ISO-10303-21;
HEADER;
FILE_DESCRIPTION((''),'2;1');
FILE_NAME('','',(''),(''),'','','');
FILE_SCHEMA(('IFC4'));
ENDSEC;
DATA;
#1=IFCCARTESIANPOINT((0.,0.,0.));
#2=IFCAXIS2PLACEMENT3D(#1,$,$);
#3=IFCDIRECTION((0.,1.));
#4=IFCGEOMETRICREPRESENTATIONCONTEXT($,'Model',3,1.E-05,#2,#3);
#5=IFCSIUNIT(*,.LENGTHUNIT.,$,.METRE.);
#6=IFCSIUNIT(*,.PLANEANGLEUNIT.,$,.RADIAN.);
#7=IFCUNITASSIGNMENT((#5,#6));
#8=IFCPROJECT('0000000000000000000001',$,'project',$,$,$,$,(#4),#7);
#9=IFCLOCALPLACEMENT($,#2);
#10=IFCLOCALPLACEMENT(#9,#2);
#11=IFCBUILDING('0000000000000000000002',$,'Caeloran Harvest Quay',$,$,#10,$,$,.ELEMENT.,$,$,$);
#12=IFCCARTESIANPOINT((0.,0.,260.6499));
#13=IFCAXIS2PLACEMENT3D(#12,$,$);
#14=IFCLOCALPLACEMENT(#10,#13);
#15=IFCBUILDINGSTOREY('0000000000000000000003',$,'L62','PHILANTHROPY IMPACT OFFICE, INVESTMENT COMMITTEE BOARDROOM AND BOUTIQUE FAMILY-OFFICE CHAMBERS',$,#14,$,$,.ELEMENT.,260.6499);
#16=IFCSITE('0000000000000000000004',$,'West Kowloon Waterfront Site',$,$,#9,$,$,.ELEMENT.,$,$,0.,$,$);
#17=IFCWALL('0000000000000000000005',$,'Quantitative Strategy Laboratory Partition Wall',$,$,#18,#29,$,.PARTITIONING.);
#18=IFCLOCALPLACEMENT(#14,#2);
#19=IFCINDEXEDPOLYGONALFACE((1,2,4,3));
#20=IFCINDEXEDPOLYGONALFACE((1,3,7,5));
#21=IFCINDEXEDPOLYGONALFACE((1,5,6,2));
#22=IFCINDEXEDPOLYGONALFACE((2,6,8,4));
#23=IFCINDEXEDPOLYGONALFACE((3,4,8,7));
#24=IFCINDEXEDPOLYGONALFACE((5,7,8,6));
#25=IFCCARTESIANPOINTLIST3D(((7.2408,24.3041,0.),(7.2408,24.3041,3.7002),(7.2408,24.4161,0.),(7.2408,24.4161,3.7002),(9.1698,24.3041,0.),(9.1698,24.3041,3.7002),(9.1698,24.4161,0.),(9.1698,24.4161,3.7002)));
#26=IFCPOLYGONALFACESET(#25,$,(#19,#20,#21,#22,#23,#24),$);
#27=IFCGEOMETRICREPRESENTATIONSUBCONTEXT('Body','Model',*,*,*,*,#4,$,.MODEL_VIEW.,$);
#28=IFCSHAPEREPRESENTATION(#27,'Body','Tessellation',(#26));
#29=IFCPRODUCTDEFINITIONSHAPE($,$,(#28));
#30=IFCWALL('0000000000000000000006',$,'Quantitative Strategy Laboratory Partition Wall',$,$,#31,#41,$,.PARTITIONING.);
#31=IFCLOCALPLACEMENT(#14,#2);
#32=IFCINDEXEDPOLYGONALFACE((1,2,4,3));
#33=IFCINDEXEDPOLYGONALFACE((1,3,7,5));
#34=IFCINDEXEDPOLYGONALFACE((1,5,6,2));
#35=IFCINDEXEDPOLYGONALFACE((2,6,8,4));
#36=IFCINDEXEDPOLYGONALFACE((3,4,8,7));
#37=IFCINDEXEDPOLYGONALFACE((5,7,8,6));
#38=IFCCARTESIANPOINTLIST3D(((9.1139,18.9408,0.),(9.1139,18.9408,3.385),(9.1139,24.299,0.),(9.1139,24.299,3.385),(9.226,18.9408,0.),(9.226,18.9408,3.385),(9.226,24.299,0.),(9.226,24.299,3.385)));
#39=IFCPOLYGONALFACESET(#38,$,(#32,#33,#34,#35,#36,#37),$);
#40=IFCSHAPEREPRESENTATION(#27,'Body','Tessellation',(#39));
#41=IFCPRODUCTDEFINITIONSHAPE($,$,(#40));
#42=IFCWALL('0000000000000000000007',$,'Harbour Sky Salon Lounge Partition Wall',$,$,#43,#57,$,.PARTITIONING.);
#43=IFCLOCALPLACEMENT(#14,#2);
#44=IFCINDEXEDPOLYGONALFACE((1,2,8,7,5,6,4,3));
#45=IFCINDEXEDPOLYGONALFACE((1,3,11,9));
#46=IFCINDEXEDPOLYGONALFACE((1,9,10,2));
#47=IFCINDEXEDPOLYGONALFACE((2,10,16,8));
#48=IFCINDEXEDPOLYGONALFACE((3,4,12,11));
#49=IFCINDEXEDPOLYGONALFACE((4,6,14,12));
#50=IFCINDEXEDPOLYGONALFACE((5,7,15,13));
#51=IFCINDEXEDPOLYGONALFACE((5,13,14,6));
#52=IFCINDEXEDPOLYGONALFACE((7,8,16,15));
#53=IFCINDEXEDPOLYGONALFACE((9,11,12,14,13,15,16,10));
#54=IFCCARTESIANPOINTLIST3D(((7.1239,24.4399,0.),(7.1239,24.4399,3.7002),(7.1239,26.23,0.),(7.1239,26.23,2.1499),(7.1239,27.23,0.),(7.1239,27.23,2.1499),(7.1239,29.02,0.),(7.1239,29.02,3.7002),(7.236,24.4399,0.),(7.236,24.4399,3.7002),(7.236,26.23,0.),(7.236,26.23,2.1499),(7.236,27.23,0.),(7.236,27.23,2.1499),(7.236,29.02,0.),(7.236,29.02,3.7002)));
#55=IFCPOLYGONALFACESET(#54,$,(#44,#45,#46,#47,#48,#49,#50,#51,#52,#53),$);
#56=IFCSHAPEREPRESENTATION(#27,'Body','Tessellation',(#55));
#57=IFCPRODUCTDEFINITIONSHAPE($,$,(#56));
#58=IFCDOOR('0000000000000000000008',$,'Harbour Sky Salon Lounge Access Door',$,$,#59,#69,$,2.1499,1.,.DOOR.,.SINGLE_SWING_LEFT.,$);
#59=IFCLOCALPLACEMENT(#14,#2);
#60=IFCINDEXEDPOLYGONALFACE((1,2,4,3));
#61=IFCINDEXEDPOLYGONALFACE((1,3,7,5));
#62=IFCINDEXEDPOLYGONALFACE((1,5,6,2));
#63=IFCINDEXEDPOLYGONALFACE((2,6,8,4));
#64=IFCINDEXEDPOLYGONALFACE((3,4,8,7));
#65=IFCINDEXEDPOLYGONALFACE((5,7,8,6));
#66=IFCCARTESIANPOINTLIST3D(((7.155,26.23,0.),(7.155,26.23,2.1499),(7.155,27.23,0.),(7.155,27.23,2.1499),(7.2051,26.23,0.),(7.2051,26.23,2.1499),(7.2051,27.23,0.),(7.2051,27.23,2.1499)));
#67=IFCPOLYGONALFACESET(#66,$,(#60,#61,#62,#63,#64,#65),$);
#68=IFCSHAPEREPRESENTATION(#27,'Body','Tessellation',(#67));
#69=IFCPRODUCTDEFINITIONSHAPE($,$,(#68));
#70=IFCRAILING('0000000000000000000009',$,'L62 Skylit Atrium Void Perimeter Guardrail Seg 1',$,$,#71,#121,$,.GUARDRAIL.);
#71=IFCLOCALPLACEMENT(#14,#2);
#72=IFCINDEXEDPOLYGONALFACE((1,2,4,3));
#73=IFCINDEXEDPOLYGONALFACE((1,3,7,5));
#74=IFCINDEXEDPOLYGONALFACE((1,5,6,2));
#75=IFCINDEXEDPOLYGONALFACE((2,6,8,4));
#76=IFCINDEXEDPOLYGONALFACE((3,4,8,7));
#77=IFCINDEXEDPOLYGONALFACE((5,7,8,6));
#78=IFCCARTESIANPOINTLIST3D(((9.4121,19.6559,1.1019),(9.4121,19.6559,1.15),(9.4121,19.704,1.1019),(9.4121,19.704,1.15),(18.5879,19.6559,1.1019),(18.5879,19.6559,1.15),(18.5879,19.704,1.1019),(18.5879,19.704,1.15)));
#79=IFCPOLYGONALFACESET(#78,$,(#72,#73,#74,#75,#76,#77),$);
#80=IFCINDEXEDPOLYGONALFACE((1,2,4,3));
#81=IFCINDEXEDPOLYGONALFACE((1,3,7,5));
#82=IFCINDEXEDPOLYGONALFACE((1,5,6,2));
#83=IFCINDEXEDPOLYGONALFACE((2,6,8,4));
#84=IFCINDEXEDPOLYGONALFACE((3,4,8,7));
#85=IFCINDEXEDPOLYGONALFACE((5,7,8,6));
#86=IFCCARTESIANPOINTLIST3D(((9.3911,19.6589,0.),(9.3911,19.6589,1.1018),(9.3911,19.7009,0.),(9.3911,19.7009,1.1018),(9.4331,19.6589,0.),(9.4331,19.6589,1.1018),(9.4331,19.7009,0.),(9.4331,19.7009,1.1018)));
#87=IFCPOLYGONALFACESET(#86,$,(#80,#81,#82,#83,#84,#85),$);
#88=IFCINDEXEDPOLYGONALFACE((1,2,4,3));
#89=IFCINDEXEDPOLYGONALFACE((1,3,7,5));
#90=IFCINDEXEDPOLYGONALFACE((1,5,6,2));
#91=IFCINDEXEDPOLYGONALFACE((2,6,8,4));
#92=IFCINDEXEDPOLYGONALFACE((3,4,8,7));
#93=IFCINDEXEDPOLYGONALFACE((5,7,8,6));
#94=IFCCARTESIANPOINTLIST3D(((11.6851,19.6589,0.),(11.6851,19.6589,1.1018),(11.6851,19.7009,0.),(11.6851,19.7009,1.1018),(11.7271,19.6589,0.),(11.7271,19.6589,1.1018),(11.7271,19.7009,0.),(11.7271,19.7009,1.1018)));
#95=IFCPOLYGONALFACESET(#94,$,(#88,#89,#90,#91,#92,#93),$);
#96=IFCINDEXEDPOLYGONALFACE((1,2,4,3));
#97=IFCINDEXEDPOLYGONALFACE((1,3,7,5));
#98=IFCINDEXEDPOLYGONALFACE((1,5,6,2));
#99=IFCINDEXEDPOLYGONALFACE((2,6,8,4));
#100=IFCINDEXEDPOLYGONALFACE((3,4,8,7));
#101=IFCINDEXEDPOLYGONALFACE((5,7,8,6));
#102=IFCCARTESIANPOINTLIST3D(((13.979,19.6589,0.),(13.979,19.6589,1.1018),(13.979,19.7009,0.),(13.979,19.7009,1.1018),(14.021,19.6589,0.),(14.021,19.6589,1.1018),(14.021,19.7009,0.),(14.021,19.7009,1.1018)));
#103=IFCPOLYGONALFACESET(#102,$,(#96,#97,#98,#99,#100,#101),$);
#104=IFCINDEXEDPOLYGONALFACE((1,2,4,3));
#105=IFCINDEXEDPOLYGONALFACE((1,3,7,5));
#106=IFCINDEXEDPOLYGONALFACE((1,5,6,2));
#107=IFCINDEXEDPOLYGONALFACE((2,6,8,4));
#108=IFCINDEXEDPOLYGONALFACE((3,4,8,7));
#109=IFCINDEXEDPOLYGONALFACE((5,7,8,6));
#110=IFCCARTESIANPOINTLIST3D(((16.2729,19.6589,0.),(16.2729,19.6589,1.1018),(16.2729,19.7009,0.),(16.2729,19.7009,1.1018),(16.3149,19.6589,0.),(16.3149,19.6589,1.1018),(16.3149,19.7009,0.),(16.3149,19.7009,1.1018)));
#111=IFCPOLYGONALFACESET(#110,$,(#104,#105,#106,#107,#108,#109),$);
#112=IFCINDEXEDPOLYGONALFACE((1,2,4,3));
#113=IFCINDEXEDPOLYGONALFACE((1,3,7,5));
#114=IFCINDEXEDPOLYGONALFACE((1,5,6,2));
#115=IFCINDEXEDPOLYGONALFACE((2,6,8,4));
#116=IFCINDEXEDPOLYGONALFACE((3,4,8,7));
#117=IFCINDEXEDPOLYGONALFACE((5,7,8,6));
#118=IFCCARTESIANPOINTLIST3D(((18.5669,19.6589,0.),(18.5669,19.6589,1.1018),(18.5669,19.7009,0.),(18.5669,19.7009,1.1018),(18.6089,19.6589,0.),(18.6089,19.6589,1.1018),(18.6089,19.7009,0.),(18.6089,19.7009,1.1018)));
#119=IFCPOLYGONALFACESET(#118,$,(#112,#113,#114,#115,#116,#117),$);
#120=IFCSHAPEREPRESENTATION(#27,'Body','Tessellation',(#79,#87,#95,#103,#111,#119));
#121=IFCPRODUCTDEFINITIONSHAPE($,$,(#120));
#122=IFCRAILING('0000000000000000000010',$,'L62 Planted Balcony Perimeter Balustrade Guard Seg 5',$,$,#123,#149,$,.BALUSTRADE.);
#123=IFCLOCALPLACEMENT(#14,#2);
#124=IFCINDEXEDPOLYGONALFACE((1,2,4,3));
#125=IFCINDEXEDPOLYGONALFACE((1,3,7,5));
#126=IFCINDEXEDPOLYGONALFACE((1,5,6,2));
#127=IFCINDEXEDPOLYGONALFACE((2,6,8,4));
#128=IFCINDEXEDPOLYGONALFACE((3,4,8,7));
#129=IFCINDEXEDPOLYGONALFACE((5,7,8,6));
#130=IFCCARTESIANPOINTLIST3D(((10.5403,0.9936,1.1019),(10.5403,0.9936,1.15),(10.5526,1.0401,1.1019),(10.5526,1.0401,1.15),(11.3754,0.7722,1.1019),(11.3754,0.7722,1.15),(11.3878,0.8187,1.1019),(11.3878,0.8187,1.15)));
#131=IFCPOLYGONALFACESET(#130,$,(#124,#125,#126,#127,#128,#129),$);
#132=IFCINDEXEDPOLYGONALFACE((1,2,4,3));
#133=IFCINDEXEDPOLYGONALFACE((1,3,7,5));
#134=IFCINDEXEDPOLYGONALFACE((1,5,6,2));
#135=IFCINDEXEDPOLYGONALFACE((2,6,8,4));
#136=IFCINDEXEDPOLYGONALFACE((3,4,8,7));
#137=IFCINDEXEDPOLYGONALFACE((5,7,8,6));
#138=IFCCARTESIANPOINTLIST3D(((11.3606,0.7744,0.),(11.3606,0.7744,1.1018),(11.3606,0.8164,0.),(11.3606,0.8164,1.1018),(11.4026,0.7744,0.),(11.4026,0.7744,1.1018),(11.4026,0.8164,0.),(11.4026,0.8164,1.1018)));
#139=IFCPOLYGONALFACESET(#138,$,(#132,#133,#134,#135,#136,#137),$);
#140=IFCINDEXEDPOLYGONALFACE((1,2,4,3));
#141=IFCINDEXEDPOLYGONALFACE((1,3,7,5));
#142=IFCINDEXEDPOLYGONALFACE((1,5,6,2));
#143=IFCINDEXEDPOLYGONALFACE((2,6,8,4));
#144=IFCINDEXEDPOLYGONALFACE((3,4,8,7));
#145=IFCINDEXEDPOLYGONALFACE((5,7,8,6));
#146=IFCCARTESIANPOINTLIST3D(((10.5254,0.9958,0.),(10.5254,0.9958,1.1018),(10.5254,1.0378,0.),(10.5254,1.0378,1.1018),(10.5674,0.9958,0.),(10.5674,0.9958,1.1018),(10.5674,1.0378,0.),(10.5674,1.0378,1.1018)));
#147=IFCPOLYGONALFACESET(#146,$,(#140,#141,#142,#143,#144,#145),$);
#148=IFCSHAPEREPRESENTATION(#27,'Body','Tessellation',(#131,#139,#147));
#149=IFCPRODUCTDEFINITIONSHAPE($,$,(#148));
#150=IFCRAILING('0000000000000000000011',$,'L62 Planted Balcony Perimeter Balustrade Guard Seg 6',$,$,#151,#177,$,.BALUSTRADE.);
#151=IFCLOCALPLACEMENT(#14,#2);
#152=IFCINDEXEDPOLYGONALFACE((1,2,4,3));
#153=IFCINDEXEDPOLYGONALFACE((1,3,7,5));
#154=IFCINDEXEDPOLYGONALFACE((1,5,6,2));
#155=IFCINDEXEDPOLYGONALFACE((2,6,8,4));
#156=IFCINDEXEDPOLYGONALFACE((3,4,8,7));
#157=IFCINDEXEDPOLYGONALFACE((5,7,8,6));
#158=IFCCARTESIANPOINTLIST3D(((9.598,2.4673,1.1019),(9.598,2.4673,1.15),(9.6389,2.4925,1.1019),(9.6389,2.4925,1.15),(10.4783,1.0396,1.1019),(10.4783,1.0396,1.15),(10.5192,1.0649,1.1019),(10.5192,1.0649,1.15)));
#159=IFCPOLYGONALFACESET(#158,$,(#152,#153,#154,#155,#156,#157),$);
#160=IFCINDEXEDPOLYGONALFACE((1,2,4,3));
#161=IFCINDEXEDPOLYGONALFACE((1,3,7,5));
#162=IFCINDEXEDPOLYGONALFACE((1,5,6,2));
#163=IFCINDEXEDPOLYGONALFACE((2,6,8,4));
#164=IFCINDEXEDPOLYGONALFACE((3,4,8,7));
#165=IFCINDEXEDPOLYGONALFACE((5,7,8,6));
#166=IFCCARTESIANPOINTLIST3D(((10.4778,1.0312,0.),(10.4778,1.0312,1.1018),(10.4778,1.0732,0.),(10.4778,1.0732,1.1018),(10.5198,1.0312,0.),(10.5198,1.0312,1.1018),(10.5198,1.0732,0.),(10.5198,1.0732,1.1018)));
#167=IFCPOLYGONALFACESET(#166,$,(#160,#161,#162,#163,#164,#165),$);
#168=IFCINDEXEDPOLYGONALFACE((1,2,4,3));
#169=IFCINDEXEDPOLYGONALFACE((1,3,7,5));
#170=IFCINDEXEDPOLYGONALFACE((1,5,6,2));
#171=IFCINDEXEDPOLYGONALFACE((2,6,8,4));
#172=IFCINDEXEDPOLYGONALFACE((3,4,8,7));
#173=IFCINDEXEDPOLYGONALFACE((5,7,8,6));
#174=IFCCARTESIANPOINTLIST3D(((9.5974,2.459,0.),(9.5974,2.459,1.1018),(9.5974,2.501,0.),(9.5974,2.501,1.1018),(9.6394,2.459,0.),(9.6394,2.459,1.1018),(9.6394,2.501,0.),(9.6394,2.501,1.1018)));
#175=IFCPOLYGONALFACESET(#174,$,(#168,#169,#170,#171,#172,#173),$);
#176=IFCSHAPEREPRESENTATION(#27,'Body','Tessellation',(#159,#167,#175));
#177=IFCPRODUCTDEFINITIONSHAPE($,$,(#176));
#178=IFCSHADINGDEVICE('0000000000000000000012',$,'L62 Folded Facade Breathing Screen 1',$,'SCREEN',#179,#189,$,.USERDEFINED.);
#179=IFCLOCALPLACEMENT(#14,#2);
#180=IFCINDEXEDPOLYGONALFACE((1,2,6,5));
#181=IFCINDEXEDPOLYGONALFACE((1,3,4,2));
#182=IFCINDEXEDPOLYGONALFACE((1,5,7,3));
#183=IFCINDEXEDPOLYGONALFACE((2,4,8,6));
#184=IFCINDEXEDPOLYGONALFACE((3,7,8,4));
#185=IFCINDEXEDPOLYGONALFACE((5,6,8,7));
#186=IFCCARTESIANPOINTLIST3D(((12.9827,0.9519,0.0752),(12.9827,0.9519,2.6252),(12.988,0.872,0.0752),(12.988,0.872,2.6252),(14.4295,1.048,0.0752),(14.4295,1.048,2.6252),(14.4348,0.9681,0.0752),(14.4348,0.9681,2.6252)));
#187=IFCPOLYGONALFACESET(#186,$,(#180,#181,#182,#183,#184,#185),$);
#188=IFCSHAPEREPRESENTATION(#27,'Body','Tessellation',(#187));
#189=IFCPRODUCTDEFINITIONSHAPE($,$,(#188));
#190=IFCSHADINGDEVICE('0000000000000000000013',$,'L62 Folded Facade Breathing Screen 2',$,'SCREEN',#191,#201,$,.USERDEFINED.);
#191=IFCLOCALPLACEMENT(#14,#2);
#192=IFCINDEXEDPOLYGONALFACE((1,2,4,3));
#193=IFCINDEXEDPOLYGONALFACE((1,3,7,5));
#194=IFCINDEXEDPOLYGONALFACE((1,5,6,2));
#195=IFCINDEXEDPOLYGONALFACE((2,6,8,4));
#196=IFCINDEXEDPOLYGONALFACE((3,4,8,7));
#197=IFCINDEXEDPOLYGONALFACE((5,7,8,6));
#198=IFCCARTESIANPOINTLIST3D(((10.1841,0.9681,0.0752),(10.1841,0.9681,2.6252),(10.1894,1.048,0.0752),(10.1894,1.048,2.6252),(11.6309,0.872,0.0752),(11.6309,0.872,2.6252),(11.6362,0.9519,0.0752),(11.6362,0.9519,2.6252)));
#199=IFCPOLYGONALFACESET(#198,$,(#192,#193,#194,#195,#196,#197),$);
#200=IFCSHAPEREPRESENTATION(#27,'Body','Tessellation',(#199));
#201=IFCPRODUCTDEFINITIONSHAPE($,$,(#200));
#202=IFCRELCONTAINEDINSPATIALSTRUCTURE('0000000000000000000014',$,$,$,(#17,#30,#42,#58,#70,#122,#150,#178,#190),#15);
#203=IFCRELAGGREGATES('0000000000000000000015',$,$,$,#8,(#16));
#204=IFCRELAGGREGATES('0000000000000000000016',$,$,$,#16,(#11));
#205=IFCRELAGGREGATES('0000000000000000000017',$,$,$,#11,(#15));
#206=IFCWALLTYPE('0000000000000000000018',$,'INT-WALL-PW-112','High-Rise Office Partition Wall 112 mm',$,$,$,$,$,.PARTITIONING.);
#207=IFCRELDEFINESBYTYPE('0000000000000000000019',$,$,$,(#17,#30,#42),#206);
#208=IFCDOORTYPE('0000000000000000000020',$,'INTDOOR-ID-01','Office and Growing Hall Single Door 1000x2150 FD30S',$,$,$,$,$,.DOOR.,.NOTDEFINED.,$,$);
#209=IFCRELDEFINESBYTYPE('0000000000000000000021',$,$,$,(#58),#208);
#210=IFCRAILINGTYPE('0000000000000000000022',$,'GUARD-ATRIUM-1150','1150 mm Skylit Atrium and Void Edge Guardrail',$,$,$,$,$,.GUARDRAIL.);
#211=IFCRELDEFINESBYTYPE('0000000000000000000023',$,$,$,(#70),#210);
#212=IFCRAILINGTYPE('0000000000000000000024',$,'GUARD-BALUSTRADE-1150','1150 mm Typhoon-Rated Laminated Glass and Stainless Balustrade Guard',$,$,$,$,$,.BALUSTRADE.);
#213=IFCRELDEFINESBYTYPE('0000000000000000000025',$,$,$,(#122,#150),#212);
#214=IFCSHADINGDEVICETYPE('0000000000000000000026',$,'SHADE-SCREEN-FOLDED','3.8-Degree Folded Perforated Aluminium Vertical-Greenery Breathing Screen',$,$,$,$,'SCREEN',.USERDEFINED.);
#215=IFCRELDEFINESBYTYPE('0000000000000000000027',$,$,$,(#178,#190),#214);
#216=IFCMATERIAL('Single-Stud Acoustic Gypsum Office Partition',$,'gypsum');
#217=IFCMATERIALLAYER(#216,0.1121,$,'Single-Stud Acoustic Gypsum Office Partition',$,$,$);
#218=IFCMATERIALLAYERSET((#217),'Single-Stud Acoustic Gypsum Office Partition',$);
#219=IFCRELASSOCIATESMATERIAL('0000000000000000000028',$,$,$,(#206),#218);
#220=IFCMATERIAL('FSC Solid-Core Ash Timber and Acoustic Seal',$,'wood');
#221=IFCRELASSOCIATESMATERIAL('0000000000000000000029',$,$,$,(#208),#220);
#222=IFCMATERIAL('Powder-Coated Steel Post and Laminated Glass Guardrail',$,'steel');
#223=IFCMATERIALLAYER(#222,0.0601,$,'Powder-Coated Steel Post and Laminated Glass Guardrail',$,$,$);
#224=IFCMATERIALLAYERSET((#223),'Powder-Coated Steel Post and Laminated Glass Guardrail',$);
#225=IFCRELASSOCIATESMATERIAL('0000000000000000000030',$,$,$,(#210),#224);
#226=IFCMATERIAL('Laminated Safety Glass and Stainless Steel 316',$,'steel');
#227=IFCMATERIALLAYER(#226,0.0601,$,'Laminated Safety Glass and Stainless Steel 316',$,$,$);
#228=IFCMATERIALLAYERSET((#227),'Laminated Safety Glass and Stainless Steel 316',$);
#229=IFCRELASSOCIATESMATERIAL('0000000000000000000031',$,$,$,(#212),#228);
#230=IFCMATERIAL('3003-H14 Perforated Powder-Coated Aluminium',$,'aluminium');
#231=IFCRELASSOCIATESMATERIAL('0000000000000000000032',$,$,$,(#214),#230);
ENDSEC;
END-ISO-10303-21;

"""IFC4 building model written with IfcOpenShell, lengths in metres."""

from ifc_helpers import new_model, si_unit, direction, frame, frame_2d, origin, origin_2d, place, context, subcontext, project, spatial, rectangle, extrude, material, layer, layer_set, type_object, element, fill, save


model = new_model("IFC4")

# Units and contexts
model_context = context("Model", 3, precision=1e-05, world=origin(), true_north=direction((0.0, 1.0)))
body_context = subcontext(model_context, "Body", "Model", "MODEL_VIEW")
ifc_project = project(units=[si_unit("LENGTHUNIT", "METRE"), si_unit("PLANEANGLEUNIT", "RADIAN")], contexts=[model_context])

# Site, building, storey
site_placement = place(None, origin())
site = spatial("IfcSite", under=ifc_project, at=site_placement, Name="West Kowloon Waterfront Site", CompositionType="ELEMENT", RefElevation=0.0)
building_placement = place(site_placement, origin())
building = spatial("IfcBuilding", under=site, at=building_placement, Name="Caeloran Harvest Quay", CompositionType="ELEMENT")
storey_placement = place(building_placement, frame((0.0, 0.0, 260.6499)))
storey = spatial("IfcBuildingStorey", under=building, at=storey_placement, Name="L62", Description="PHILANTHROPY IMPACT OFFICE, INVESTMENT COMMITTEE BOARDROOM AND BOUTIQUE FAMILY-OFFICE CHAMBERS", CompositionType="ELEMENT", Elevation=260.6499)

# Shared definitions
ifc_material_1 = material(Name="Single-Stud Acoustic Gypsum Office Partition", Category="gypsum")
ifc_layer_1 = layer(ifc_material_1, 0.1121, Name="Single-Stud Acoustic Gypsum Office Partition")
ifc_layer_set_1 = layer_set([ifc_layer_1], Name="Single-Stud Acoustic Gypsum Office Partition")
wall_type_1 = type_object("IfcWallType", Name="INT-WALL-PW-112", Description="High-Rise Office Partition Wall 112 mm", PredefinedType="PARTITIONING", material=ifc_layer_set_1)
ifc_material_2 = material(Name="FSC Solid-Core Ash Timber and Acoustic Seal", Category="wood")
door_type = type_object("IfcDoorType", Name="INTDOOR-ID-01", Description="Office and Growing Hall Single Door 1000x2150 FD30S", OperationType="NOTDEFINED", PredefinedType="DOOR", material=ifc_material_2)

# Walls
wall_1_placement = place(storey_placement, frame((7.241, 24.3601, 0.0), z_axis=(0.0, 0.0, 1.0), x_axis=(1.0, 0.0, 0.0)))
element("IfcWall", 1, at=wall_1_placement, inside=storey, type_object=wall_type_1, Name="Quantitative Strategy Laboratory Partition Wall", PredefinedType="PARTITIONING", context=body_context, shape_type="SweptSolid", body=[
    extrude(rectangle(XDim=1.929, YDim=0.1121, at=frame_2d((0.9644, 0.0))), origin(), (0.0, 0.0, 1.0), 3.7002),
])
wall_2_placement = place(storey_placement, frame((9.1699, 24.2991, 0.0), z_axis=(0.0, 0.0, 1.0), x_axis=(0.0, -1.0, 0.0)))
element("IfcWall", 2, at=wall_2_placement, inside=storey, type_object=wall_type_1, Name="Quantitative Strategy Laboratory Partition Wall", PredefinedType="PARTITIONING", context=body_context, shape_type="SweptSolid", body=[
    extrude(rectangle(XDim=5.3582, YDim=0.1121, at=frame_2d((2.6792, 0.0))), origin(), (0.0, 0.0, 1.0), 3.385),
])

# Wall, opening, door
wall_3_placement = place(storey_placement, frame((7.1799, 24.4399, 0.0), z_axis=(0.0, 0.0, 1.0), x_axis=(0.0, 1.0, 0.0)))
wall_3 = element("IfcWall", 3, at=wall_3_placement, inside=storey, type_object=wall_type_1, Name="Harbour Sky Salon Lounge Partition Wall", PredefinedType="PARTITIONING", context=body_context, shape_type="SweptSolid", body=[
    extrude(rectangle(XDim=4.5801, YDim=0.1121, at=frame_2d((2.29, 0.0))), origin(), (0.0, 0.0, 1.0), 3.7002),
])
opening_1_placement = place(wall_3_placement, frame((1.79, 0.0, 0.0)))
opening_1 = element("IfcOpeningElement", 4, at=opening_1_placement, cuts=wall_3, PredefinedType="OPENING", context=body_context, shape_type="SweptSolid", body=[
    extrude(rectangle(XDim=1.0, YDim=2.1499, at=frame_2d((0.5, 1.075))), frame((0.0, 0.0659, 0.0), z_axis=(0.0, -1.0, 0.0), x_axis=(1.0, 0.0, 0.0)), (0.0, 0.0, 1.0), 0.1321),
])
door_1_placement = place(opening_1_placement, origin())
door_1 = element("IfcDoor", 5, at=door_1_placement, inside=storey, type_object=door_type, Name="Harbour Sky Salon Lounge Access Door", OperationType="SINGLE_SWING_LEFT", OverallHeight=2.1499, OverallWidth=1.0, PredefinedType="DOOR", context=body_context, shape_type="SweptSolid", body=[
    extrude(rectangle(XDim=1.0, YDim=2.1499, at=frame_2d((0.5, 1.075))), frame((0.0, 0.0249, 0.0), z_axis=(0.0, -1.0, 0.0), x_axis=(1.0, 0.0, 0.0)), (0.0, 0.0, 1.0), 0.05),
])
fill(opening_1, door_1)

# Railings
ifc_material_3 = material(Name="Powder-Coated Steel Post and Laminated Glass Guardrail", Category="steel")
ifc_layer_2 = layer(ifc_material_3, 0.0601, Name="Powder-Coated Steel Post and Laminated Glass Guardrail")
ifc_layer_set_2 = layer_set([ifc_layer_2], Name="Powder-Coated Steel Post and Laminated Glass Guardrail")
railing_type_1 = type_object("IfcRailingType", Name="GUARD-ATRIUM-1150", Description="1150 mm Skylit Atrium and Void Edge Guardrail", PredefinedType="GUARDRAIL", material=ifc_layer_set_2)
railing_1_placement = place(storey_placement, frame((9.4121, 19.6799, 0.0)))
element("IfcRailing", 6, at=railing_1_placement, inside=storey, type_object=railing_type_1, Name="L62 Skylit Atrium Void Perimeter Guardrail Seg 1", PredefinedType="GUARDRAIL", context=body_context, shape_type="SweptSolid", body=[
    extrude(rectangle(XDim=0.0481, YDim=0.0481, at=origin_2d()), frame((0.0, 0.0, 1.126), z_axis=(1.0, 0.0, 0.0), x_axis=(0.0, 1.0, 0.0)), (0.0, 0.0, 1.0), 9.1758),
    extrude(rectangle(XDim=0.042, YDim=0.042, at=origin_2d()), origin(), (0.0, 0.0, 1.0), 1.1018),
    extrude(rectangle(XDim=0.042, YDim=0.042, at=origin_2d()), frame((2.2939, 0.0, 0.0)), (0.0, 0.0, 1.0), 1.1018),
    extrude(rectangle(XDim=0.042, YDim=0.042, at=origin_2d()), frame((4.5879, 0.0, 0.0)), (0.0, 0.0, 1.0), 1.1018),
    extrude(rectangle(XDim=0.042, YDim=0.042, at=origin_2d()), frame((6.8818, 0.0, 0.0)), (0.0, 0.0, 1.0), 1.1018),
    extrude(rectangle(XDim=0.042, YDim=0.042, at=origin_2d()), frame((9.1758, 0.0, 0.0)), (0.0, 0.0, 1.0), 1.1018),
])
ifc_material_4 = material(Name="Laminated Safety Glass and Stainless Steel 316", Category="steel")
ifc_layer_3 = layer(ifc_material_4, 0.0601, Name="Laminated Safety Glass and Stainless Steel 316")
ifc_layer_set_3 = layer_set([ifc_layer_3], Name="Laminated Safety Glass and Stainless Steel 316")
railing_type_2 = type_object("IfcRailingType", Name="GUARD-BALUSTRADE-1150", Description="1150 mm Typhoon-Rated Laminated Glass and Stainless Balustrade Guard", PredefinedType="BALUSTRADE", material=ifc_layer_set_3)
railing_2_placement = place(storey_placement, frame((11.3816, 0.7954, 0.0)))
element("IfcRailing", 7, at=railing_2_placement, inside=storey, type_object=railing_type_2, Name="L62 Planted Balcony Perimeter Balustrade Guard Seg 5", PredefinedType="BALUSTRADE", context=body_context, shape_type="SweptSolid", body=[
    extrude(rectangle(XDim=0.0481, YDim=0.0481, at=origin_2d()), frame((0.0, 0.0, 1.126), z_axis=(-0.966604, 0.256273, 0.0), x_axis=(-0.256273, -0.966604, 0.0)), (0.0, 0.0, 1.0), 0.864),
    extrude(rectangle(XDim=0.042, YDim=0.042, at=origin_2d()), origin(), (0.0, 0.0, 1.0), 1.1018),
    extrude(rectangle(XDim=0.042, YDim=0.042, at=origin_2d()), frame((-0.8352, 0.2214, 0.0)), (0.0, 0.0, 1.0), 1.1018),
])
railing_3_placement = place(storey_placement, frame((10.4988, 1.0522, 0.0)))
element("IfcRailing", 8, at=railing_3_placement, inside=storey, type_object=railing_type_2, Name="L62 Planted Balcony Perimeter Balustrade Guard Seg 6", PredefinedType="BALUSTRADE", context=body_context, shape_type="SweptSolid", body=[
    extrude(rectangle(XDim=0.0481, YDim=0.0481, at=origin_2d()), frame((0.0, 0.0, 1.126), z_axis=(-0.524861, 0.851188, 0.0), x_axis=(-0.851188, -0.524861, 0.0)), (0.0, 0.0, 1.0), 1.6772),
    extrude(rectangle(XDim=0.042, YDim=0.042, at=origin_2d()), origin(), (0.0, 0.0, 1.0), 1.1018),
    extrude(rectangle(XDim=0.042, YDim=0.042, at=origin_2d()), frame((-0.8804, 1.4277, 0.0)), (0.0, 0.0, 1.0), 1.1018),
])

# Shading devices
ifc_material_5 = material(Name="3003-H14 Perforated Powder-Coated Aluminium", Category="aluminium")
shading_device_type = type_object("IfcShadingDeviceType", Name="SHADE-SCREEN-FOLDED", Description="3.8-Degree Folded Perforated Aluminium Vertical-Greenery Breathing Screen", ElementType="SCREEN", PredefinedType="USERDEFINED", material=ifc_material_5)
for number, where, z_axis, x_axis, name in (
    (9, (13.7087, 0.96, 0.0752), (0.0, 0.0, 1.0), (0.997801, 0.066274, 0.0), "L62 Folded Facade Breathing Screen 1"),
    (10, (10.9102, 0.96, 0.0752), (0.0, 0.0, 1.0), (0.997801, -0.066274, 0.0), "L62 Folded Facade Breathing Screen 2"),
):
    element("IfcShadingDevice", number, at=place(storey_placement, frame(where, z_axis=z_axis, x_axis=x_axis)), inside=storey, type_object=shading_device_type, Name=name, ObjectType="SCREEN", PredefinedType="USERDEFINED", context=body_context, shape_type="SweptSolid", body=[
        extrude(rectangle(XDim=1.45, YDim=0.0801, at=origin_2d()), origin(), (0.0, 0.0, 1.0), 2.55),
    ])

save(model, "model.ifc")
